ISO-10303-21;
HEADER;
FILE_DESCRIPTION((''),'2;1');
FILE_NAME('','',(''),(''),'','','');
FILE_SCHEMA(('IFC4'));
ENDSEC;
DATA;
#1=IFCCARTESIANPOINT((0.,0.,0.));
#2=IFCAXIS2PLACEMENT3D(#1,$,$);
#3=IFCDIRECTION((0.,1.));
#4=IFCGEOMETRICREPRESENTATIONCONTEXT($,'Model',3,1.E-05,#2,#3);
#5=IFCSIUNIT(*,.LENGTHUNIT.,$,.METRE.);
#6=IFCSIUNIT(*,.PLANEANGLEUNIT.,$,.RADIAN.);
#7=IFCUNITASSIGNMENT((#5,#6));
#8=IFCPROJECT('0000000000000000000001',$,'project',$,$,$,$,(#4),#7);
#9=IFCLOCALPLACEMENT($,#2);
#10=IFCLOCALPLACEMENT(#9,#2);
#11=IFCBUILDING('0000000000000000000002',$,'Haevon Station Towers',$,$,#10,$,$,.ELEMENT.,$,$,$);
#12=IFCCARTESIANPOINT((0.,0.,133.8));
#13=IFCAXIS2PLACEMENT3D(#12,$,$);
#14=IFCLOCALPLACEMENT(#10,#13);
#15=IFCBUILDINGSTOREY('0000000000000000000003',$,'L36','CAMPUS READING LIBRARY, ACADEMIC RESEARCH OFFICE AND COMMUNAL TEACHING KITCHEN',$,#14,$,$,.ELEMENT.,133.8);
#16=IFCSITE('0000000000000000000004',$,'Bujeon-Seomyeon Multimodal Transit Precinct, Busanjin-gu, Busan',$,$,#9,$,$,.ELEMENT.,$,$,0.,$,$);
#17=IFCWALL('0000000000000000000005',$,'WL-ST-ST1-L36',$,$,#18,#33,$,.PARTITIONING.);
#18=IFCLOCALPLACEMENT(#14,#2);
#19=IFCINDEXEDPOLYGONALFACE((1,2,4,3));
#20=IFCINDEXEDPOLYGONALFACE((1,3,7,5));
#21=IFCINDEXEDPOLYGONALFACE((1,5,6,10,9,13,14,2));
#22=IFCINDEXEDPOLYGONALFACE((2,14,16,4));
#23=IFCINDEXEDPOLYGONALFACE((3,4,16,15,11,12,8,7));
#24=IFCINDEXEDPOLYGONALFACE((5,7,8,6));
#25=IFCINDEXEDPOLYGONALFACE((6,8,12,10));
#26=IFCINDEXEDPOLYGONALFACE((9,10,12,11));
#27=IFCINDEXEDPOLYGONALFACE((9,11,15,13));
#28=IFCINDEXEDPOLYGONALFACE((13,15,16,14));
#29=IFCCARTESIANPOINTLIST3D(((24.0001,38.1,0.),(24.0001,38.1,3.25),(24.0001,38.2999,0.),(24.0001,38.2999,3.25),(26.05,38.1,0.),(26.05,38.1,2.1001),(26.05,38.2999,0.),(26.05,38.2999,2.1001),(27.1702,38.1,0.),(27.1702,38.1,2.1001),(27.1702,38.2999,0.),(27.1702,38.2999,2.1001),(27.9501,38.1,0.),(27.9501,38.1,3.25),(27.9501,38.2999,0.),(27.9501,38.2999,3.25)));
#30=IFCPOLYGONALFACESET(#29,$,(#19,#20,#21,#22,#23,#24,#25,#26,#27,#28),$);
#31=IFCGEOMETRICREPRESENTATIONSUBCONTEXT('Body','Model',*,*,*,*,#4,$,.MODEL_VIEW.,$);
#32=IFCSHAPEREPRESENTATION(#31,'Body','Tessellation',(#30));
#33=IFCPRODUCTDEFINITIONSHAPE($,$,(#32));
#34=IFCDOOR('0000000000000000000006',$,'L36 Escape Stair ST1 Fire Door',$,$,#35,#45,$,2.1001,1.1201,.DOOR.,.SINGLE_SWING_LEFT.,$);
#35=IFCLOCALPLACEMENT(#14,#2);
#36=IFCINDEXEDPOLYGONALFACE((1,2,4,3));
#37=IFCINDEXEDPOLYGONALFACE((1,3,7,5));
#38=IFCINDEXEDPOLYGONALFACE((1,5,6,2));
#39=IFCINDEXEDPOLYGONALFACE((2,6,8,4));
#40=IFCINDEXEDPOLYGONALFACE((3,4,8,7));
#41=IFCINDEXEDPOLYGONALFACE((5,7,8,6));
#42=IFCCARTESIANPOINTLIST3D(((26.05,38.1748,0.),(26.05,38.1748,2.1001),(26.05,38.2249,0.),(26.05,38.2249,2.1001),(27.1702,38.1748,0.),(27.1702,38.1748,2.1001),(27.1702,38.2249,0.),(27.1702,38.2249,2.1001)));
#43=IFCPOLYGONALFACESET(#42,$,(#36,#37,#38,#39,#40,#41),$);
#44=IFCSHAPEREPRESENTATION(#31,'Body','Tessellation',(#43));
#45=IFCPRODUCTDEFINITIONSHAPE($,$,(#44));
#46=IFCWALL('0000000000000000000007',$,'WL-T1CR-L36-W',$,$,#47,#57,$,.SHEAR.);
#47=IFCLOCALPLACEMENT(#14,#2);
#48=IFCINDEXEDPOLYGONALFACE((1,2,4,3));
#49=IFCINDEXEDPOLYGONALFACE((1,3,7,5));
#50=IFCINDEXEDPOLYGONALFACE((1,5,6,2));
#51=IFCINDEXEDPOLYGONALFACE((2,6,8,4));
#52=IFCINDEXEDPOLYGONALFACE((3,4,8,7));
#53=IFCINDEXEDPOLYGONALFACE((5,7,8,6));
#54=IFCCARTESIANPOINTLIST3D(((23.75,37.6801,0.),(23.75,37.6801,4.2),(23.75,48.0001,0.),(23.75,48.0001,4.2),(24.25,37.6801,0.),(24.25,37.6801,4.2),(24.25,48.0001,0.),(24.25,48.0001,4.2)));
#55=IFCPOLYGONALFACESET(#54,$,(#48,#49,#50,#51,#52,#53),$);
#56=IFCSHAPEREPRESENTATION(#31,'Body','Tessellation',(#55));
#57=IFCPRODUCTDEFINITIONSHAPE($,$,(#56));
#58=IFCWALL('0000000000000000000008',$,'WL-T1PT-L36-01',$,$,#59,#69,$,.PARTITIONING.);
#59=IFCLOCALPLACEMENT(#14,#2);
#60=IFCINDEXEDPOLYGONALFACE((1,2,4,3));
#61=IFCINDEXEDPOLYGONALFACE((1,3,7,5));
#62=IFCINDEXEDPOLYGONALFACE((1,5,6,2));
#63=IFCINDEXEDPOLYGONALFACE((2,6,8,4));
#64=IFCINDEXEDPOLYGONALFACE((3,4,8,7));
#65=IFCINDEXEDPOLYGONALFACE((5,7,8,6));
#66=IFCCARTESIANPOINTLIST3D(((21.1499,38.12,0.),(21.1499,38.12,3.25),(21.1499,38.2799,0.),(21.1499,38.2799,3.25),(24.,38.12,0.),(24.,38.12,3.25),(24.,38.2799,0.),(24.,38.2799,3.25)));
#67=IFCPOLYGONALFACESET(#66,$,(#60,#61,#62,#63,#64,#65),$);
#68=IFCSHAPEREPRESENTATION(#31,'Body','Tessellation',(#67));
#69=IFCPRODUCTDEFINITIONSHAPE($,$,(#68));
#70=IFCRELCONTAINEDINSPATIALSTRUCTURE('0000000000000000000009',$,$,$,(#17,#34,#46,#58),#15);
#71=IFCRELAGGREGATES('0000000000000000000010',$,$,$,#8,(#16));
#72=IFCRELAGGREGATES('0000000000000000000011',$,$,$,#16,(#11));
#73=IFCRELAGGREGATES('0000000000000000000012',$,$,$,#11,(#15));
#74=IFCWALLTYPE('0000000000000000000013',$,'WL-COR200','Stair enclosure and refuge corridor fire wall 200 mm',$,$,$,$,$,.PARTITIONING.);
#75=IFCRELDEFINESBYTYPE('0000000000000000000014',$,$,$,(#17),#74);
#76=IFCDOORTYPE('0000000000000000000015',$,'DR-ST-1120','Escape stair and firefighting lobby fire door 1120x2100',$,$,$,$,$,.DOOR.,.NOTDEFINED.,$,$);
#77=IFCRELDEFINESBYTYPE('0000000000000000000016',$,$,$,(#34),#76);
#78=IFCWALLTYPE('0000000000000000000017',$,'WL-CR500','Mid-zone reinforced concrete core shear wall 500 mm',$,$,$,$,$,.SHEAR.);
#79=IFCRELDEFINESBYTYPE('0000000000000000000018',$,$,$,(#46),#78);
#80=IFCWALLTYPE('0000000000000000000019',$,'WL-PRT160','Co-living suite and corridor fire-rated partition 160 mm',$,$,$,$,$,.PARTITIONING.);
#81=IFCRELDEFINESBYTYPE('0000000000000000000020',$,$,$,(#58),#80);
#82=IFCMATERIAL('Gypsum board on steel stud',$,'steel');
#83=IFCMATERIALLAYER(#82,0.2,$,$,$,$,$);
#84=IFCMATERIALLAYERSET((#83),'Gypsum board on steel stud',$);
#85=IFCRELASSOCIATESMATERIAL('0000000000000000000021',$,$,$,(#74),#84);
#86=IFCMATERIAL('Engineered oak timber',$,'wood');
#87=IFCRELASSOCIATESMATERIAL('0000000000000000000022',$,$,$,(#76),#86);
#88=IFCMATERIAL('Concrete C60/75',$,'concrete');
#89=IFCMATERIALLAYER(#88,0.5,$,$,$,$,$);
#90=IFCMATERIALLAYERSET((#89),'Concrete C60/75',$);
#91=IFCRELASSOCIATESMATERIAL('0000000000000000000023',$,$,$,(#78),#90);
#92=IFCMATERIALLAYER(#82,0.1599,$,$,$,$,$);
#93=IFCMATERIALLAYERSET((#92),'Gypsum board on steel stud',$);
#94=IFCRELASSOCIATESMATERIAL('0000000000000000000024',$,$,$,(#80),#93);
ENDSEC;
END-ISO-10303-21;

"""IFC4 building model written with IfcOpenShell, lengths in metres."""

from ifc_helpers import new_model, si_unit, direction, frame, frame_2d, origin, place, context, subcontext, project, spatial, rectangle, extrude, material, layer, layer_set, type_object, element, fill, save


model = new_model("IFC4")

# Units and contexts
model_context = context("Model", 3, precision=1e-05, world=origin(), true_north=direction((0.0, 1.0)))
body_context = subcontext(model_context, "Body", "Model", "MODEL_VIEW")
ifc_project = project(units=[si_unit("LENGTHUNIT", "METRE"), si_unit("PLANEANGLEUNIT", "RADIAN")], contexts=[model_context])

# Site, building, storey
site_placement = place(None, origin())
site = spatial("IfcSite", under=ifc_project, at=site_placement, Name="Bujeon-Seomyeon Multimodal Transit Precinct, Busanjin-gu, Busan", CompositionType="ELEMENT", RefElevation=0.0)
building_placement = place(site_placement, origin())
building = spatial("IfcBuilding", under=site, at=building_placement, Name="Haevon Station Towers", CompositionType="ELEMENT")
storey_placement = place(building_placement, frame((0.0, 0.0, 133.8)))
storey = spatial("IfcBuildingStorey", under=building, at=storey_placement, Name="L36", Description="CAMPUS READING LIBRARY, ACADEMIC RESEARCH OFFICE AND COMMUNAL TEACHING KITCHEN", CompositionType="ELEMENT", Elevation=133.8)

# Wall, opening, door
ifc_material_1 = material(Name="Gypsum board on steel stud", Category="steel")
ifc_layer_1 = layer(ifc_material_1, 0.2)
ifc_layer_set_1 = layer_set([ifc_layer_1], Name="Gypsum board on steel stud")
wall_type_1 = type_object("IfcWallType", Name="WL-COR200", Description="Stair enclosure and refuge corridor fire wall 200 mm", PredefinedType="PARTITIONING", material=ifc_layer_set_1)
wall_1_placement = place(storey_placement, frame((24.0, 38.2, 0.0), z_axis=(0.0, 0.0, 1.0), x_axis=(1.0, 0.0, 0.0)))
wall_1 = element("IfcWall", 1, at=wall_1_placement, inside=storey, type_object=wall_type_1, Name="WL-ST-ST1-L36", PredefinedType="PARTITIONING", context=body_context, shape_type="SweptSolid", body=[
    extrude(rectangle(XDim=3.95, YDim=0.2, at=frame_2d((1.9751, 0.0))), origin(), (0.0, 0.0, 1.0), 3.25),
])
opening_1_placement = place(wall_1_placement, frame((2.05, 0.0, 0.0)))
opening_1 = element("IfcOpeningElement", 2, at=opening_1_placement, cuts=wall_1, PredefinedType="OPENING", context=body_context, shape_type="SweptSolid", body=[
    extrude(rectangle(XDim=1.1201, YDim=2.1001, at=frame_2d((0.5601, 1.05))), frame((0.0, 0.1099, 0.0), z_axis=(0.0, -1.0, 0.0), x_axis=(1.0, 0.0, 0.0)), (0.0, 0.0, 1.0), 0.22),
])
ifc_material_2 = material(Name="Engineered oak timber", Category="wood")
door_type_1 = type_object("IfcDoorType", Name="DR-ST-1120", Description="Escape stair and firefighting lobby fire door 1120x2100", OperationType="NOTDEFINED", PredefinedType="DOOR", material=ifc_material_2)
door_1_placement = place(opening_1_placement, origin())
door_1 = element("IfcDoor", 3, at=door_1_placement, inside=storey, type_object=door_type_1, Name="L36 Escape Stair ST1 Fire Door", OperationType="SINGLE_SWING_LEFT", OverallHeight=2.1001, OverallWidth=1.1201, PredefinedType="DOOR", context=body_context, shape_type="SweptSolid", body=[
    extrude(rectangle(XDim=1.1201, YDim=2.1001, at=frame_2d((0.5601, 1.05))), frame((0.0, 0.0249, 0.0), z_axis=(0.0, -1.0, 0.0), x_axis=(1.0, 0.0, 0.0)), (0.0, 0.0, 1.0), 0.05),
])
fill(opening_1, door_1)

# Walls
ifc_material_3 = material(Name="Concrete C60/75", Category="concrete")
ifc_layer_2 = layer(ifc_material_3, 0.5)
ifc_layer_set_2 = layer_set([ifc_layer_2], Name="Concrete C60/75")
wall_type_2 = type_object("IfcWallType", Name="WL-CR500", Description="Mid-zone reinforced concrete core shear wall 500 mm", PredefinedType="SHEAR", material=ifc_layer_set_2)
wall_2_placement = place(storey_placement, frame((24.0, 37.6799, 0.0), z_axis=(0.0, 0.0, 1.0), x_axis=(0.0, 1.0, 0.0)))
element("IfcWall", 4, at=wall_2_placement, inside=storey, type_object=wall_type_2, Name="WL-T1CR-L36-W", PredefinedType="SHEAR", context=body_context, shape_type="SweptSolid", body=[
    extrude(rectangle(XDim=10.3201, YDim=0.5, at=frame_2d((5.1602, 0.0))), origin(), (0.0, 0.0, 1.0), 4.2),
])
ifc_layer_3 = layer(ifc_material_1, 0.1599)
ifc_layer_set_3 = layer_set([ifc_layer_3], Name="Gypsum board on steel stud")
wall_type_3 = type_object("IfcWallType", Name="WL-PRT160", Description="Co-living suite and corridor fire-rated partition 160 mm", PredefinedType="PARTITIONING", material=ifc_layer_set_3)
wall_3_placement = place(storey_placement, frame((21.1499, 38.2, 0.0), z_axis=(0.0, 0.0, 1.0), x_axis=(1.0, 0.0, 0.0)))
element("IfcWall", 5, at=wall_3_placement, inside=storey, type_object=wall_type_3, Name="WL-T1PT-L36-01", PredefinedType="PARTITIONING", context=body_context, shape_type="SweptSolid", body=[
    extrude(rectangle(XDim=2.8501, YDim=0.1599, at=frame_2d((1.425, 0.0))), origin(), (0.0, 0.0, 1.0), 3.25),
])

save(model, "model.ifc")
